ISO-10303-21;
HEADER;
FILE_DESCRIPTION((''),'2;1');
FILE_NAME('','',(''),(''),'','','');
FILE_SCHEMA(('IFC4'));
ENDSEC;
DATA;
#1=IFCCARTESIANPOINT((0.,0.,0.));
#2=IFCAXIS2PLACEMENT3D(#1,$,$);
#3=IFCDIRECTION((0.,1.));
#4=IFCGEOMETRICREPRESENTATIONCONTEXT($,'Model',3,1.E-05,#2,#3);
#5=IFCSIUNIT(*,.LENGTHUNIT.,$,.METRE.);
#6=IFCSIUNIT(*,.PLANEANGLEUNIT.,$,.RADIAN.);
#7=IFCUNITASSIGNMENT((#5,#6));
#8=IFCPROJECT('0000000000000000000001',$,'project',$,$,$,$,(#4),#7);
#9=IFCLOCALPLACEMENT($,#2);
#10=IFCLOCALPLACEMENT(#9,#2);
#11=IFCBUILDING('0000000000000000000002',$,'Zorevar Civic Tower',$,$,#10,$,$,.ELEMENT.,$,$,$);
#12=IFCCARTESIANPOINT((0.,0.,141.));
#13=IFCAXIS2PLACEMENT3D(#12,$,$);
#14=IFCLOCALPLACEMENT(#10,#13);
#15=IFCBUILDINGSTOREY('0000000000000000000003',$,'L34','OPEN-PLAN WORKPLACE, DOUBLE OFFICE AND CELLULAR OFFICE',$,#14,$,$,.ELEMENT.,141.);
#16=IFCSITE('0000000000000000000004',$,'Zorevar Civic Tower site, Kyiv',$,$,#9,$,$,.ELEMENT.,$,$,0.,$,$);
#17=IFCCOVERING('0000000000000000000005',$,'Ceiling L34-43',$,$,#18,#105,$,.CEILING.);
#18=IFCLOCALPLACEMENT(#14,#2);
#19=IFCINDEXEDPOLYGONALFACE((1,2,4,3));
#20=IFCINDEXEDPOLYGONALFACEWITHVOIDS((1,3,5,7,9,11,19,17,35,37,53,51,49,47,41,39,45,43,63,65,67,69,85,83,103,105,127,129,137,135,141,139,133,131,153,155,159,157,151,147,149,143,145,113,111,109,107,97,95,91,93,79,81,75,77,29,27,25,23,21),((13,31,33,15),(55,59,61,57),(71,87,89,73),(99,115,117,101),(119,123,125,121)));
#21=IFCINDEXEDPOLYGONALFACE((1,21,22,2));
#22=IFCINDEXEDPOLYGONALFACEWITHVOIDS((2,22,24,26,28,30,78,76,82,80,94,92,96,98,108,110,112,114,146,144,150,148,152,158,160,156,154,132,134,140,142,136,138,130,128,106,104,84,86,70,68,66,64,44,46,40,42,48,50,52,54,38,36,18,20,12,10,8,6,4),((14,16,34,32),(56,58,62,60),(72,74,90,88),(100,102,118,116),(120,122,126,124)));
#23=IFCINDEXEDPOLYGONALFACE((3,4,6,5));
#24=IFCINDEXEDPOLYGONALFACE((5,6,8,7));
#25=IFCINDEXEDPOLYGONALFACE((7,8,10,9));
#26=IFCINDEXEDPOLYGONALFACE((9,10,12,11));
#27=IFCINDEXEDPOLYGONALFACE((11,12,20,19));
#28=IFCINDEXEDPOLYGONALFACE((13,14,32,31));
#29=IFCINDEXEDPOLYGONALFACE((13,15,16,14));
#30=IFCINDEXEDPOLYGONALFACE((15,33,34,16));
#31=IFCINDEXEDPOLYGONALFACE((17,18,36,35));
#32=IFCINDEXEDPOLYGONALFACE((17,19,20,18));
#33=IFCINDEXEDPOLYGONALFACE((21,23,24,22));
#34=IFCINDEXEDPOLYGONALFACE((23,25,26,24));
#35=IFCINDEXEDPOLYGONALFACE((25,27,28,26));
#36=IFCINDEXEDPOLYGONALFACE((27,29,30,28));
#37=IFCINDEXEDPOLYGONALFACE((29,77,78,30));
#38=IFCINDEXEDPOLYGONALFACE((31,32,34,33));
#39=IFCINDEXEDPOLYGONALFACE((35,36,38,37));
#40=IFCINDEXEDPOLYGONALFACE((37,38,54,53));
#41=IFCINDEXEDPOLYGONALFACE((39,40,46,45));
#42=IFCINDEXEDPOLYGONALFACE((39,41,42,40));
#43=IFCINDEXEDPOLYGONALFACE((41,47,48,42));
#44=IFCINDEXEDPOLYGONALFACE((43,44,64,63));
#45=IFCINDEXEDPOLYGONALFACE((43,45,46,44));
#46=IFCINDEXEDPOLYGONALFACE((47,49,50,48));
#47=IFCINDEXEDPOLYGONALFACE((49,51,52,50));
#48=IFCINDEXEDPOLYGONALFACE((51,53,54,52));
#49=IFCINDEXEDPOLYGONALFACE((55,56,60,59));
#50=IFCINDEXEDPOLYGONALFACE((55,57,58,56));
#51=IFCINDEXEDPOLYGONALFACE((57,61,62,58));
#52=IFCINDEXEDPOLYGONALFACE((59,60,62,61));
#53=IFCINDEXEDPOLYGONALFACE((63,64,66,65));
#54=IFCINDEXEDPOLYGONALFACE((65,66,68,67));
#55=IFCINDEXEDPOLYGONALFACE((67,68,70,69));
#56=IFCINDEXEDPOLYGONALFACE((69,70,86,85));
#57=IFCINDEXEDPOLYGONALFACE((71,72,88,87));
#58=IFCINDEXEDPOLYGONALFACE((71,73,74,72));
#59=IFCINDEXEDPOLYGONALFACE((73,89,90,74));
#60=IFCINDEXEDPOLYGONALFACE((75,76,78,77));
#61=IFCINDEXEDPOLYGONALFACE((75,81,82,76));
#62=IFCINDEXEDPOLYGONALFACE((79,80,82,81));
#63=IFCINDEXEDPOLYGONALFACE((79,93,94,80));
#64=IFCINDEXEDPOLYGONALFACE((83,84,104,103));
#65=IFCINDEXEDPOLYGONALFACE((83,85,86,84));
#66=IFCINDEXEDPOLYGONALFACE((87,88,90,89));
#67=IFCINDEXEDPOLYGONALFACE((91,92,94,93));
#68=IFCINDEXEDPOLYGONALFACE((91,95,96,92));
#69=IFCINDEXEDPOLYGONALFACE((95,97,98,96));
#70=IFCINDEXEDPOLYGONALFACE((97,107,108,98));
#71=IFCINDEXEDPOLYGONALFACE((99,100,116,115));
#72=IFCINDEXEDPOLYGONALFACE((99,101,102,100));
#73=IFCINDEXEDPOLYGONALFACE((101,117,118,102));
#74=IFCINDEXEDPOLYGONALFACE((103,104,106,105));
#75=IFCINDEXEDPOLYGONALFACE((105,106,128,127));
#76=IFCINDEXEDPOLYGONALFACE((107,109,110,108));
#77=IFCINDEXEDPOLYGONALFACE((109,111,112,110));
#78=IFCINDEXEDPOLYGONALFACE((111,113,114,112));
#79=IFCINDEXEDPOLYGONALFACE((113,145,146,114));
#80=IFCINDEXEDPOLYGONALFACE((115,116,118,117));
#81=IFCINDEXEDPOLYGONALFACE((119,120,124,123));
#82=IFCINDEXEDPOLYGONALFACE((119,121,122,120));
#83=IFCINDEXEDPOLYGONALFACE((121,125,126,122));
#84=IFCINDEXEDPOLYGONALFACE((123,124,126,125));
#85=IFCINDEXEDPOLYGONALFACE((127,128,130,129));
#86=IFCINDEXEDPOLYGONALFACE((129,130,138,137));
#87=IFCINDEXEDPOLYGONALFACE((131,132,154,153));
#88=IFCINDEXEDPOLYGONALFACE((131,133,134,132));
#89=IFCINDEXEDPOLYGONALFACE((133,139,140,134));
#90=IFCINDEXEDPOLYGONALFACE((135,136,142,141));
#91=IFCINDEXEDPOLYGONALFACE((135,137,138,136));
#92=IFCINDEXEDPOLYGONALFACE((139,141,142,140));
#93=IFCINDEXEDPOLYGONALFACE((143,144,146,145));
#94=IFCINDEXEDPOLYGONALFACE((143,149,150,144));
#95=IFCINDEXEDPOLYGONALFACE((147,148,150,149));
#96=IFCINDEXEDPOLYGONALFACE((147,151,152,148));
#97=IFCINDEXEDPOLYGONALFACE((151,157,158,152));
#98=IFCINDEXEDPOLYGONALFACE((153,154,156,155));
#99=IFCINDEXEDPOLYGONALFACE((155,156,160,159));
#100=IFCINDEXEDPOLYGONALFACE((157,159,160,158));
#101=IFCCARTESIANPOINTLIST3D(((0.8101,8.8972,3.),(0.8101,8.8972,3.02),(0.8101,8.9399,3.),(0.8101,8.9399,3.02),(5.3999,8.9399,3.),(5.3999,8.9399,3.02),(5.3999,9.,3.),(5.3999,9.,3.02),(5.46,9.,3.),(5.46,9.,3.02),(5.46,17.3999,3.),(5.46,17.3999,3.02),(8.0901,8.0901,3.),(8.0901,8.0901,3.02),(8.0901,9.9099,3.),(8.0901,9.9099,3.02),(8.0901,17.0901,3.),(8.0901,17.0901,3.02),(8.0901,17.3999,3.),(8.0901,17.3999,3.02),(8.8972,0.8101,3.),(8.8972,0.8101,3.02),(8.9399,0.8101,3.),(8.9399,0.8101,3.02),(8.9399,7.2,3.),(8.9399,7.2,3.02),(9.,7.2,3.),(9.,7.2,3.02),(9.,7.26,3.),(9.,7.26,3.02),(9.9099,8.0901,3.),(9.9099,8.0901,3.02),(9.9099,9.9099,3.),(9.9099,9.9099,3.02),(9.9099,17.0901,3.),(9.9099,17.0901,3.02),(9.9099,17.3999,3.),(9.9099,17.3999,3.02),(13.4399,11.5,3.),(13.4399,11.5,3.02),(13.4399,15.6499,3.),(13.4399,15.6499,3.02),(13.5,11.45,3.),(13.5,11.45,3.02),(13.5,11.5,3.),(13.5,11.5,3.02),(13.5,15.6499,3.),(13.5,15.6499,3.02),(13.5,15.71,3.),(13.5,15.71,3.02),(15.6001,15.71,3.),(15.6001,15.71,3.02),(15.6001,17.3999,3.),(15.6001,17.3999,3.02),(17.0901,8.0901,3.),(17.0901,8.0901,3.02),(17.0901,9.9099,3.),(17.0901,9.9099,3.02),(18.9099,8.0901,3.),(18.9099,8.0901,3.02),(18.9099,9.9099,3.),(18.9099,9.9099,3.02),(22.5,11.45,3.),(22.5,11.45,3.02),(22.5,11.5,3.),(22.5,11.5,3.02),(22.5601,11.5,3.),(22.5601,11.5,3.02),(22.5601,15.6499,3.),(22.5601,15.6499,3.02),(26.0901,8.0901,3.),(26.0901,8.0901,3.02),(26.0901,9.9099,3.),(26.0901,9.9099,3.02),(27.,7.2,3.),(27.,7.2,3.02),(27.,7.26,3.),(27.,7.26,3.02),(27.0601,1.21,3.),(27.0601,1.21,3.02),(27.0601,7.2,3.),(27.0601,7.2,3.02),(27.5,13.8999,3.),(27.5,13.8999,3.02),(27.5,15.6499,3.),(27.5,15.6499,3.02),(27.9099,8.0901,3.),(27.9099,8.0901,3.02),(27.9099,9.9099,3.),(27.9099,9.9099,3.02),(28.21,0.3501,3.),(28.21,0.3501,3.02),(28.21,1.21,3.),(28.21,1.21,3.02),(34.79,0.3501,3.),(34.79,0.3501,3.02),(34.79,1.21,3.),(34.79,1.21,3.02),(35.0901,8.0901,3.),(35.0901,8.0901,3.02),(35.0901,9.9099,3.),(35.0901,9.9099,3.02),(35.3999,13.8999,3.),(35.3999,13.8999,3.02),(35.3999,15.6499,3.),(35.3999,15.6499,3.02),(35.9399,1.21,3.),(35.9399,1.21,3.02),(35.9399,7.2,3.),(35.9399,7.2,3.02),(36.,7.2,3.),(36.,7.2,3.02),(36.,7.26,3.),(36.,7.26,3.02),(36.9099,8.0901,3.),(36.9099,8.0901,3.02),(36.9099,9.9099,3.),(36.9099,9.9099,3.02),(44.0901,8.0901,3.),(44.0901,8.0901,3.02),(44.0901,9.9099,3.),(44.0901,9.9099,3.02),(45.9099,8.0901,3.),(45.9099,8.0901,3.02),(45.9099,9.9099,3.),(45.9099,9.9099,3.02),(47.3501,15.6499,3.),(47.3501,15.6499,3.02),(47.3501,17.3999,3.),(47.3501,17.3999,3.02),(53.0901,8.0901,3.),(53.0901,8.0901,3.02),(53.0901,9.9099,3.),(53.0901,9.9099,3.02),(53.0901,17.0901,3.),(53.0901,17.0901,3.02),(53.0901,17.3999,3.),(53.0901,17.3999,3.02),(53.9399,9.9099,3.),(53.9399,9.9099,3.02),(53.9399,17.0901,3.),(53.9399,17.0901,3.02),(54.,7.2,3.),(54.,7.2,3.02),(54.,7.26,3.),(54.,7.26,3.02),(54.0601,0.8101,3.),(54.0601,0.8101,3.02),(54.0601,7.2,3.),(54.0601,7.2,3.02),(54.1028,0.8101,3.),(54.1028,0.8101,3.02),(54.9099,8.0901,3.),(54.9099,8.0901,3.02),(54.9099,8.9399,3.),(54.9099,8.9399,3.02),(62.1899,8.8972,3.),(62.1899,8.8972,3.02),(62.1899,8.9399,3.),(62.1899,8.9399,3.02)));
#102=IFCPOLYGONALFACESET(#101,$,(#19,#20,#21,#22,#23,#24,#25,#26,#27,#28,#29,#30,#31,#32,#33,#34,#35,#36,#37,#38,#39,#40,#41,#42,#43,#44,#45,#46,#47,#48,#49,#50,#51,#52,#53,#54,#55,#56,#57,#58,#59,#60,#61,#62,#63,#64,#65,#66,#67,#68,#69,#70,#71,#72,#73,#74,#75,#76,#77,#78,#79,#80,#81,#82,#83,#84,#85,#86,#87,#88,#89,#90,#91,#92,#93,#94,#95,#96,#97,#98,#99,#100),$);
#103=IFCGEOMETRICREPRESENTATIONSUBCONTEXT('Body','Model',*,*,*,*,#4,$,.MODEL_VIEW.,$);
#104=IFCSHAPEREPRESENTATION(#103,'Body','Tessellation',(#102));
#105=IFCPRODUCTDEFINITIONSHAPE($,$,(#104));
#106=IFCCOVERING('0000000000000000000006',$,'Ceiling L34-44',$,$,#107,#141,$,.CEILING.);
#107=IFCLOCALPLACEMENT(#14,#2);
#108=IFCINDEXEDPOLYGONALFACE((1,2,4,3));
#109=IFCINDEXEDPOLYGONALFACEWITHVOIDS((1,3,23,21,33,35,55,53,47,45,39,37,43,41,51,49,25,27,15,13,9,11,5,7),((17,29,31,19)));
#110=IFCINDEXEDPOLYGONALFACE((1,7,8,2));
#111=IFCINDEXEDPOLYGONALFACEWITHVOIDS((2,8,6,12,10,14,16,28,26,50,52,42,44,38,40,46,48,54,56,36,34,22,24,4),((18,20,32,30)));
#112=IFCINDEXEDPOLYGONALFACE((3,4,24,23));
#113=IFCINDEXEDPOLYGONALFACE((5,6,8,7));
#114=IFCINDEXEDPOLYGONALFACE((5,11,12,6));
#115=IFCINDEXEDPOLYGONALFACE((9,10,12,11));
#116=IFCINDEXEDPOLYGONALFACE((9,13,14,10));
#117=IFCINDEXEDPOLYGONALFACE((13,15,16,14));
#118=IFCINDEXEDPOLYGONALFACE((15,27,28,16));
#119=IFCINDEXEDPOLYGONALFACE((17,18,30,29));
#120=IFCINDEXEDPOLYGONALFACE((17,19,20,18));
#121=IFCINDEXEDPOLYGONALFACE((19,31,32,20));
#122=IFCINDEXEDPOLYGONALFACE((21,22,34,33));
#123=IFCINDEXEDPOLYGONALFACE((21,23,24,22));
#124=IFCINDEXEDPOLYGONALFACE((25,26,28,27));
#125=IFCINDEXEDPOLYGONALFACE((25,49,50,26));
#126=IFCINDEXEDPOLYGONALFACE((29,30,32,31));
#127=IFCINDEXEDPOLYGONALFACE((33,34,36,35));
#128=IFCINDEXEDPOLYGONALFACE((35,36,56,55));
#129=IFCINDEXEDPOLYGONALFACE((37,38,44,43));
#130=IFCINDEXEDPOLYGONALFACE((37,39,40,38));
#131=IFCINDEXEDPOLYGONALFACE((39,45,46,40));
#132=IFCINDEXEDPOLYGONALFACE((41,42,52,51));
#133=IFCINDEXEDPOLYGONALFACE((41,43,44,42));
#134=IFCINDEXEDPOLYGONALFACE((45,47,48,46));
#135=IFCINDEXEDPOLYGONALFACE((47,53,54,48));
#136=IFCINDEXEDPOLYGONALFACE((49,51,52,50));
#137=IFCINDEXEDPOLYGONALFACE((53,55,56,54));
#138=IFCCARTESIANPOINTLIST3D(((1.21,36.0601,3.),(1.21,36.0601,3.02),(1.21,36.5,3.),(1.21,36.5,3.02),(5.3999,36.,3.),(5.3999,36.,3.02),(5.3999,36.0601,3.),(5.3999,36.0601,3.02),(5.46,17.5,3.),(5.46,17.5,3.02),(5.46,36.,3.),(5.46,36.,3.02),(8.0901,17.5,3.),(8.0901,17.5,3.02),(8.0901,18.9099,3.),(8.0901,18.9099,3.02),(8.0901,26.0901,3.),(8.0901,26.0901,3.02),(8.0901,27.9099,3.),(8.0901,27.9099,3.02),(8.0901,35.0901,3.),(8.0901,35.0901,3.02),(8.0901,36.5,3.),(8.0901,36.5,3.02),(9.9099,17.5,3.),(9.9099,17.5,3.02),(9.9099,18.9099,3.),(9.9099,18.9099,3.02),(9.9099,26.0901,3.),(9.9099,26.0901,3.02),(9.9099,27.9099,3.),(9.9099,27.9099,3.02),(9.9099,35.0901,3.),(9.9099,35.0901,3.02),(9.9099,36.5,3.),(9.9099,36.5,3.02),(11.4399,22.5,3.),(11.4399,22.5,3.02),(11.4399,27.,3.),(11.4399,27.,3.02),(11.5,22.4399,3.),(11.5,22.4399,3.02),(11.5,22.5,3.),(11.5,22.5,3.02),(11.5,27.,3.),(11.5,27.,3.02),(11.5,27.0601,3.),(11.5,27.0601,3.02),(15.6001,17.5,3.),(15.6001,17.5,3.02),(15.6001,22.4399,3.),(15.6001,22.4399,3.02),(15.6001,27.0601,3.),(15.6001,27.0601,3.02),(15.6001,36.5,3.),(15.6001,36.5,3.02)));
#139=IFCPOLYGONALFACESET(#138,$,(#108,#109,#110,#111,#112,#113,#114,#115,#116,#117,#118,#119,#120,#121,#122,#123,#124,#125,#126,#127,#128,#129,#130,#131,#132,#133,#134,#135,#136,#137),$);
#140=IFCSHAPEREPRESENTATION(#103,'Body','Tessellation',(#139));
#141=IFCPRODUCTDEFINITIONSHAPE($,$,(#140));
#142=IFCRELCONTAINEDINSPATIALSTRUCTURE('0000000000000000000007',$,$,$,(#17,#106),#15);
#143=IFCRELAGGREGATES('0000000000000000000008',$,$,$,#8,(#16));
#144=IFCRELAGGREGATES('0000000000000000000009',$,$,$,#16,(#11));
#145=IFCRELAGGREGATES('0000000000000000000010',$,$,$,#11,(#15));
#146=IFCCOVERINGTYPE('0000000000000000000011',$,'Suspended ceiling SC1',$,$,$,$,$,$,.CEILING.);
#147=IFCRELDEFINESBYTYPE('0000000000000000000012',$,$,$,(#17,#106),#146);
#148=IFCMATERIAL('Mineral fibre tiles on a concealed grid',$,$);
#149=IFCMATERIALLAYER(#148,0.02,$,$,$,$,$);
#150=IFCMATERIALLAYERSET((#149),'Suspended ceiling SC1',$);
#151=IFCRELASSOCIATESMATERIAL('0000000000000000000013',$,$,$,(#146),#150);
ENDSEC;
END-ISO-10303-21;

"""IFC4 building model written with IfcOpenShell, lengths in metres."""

from ifc_helpers import new_model, si_unit, direction, frame, origin, place, context, subcontext, project, spatial, polyline, outline, extrude, material, layer, layer_set, type_object, element, save


model = new_model("IFC4")

# Units and contexts
model_context = context("Model", 3, precision=1e-05, world=origin(), true_north=direction((0.0, 1.0)))
body_context = subcontext(model_context, "Body", "Model", "MODEL_VIEW")
ifc_project = project(units=[si_unit("LENGTHUNIT", "METRE"), si_unit("PLANEANGLEUNIT", "RADIAN")], contexts=[model_context])

# Site, building, storey
site_placement = place(None, origin())
site = spatial("IfcSite", under=ifc_project, at=site_placement, Name="Zorevar Civic Tower site, Kyiv", CompositionType="ELEMENT", RefElevation=0.0)
building_placement = place(site_placement, origin())
building = spatial("IfcBuilding", under=site, at=building_placement, Name="Zorevar Civic Tower", CompositionType="ELEMENT")
storey_placement = place(building_placement, frame((0.0, 0.0, 141.0)))
storey = spatial("IfcBuildingStorey", under=building, at=storey_placement, Name="L34", Description="OPEN-PLAN WORKPLACE, DOUBLE OFFICE AND CELLULAR OFFICE", CompositionType="ELEMENT", Elevation=141.0)

# Coverings
ifc_material_1 = material(Name="Mineral fibre tiles on a concealed grid")
ifc_layer_1 = layer(ifc_material_1, 0.02)
ifc_layer_set_1 = layer_set([ifc_layer_1], Name="Suspended ceiling SC1")
covering_type_1 = type_object("IfcCoveringType", Name="Suspended ceiling SC1", PredefinedType="CEILING", material=ifc_layer_set_1)
covering_1_placement = place(storey_placement, frame((0.0, 0.0, 3.0)))
element("IfcCovering", 1, at=covering_1_placement, inside=storey, type_object=covering_type_1, Name="Ceiling L34-43", PredefinedType="CEILING", context=body_context, shape_type="SweptSolid", body=[
    extrude(outline(polyline([(9.9099, 17.0901), (9.9099, 17.3999), (15.6001, 17.3999), (15.6001, 15.71), (13.5, 15.71), (13.5, 15.6499), (13.4399, 15.6499), (13.4399, 11.5), (13.5, 11.5), (13.5, 11.45), (22.5, 11.45), (22.5, 11.5), (22.5601, 11.5), (22.5601, 15.6499), (27.5, 15.6499), (27.5, 13.8999), (35.3999, 13.8999), (35.3999, 15.6499), (47.3501, 15.6499), (47.3501, 17.3999), (53.0901, 17.3999), (53.0901, 17.0901), (53.9399, 17.0901), (53.9399, 9.9099), (53.0901, 9.9099), (53.0901, 8.0901), (54.9099, 8.0901), (54.9099, 8.9399), (62.1899, 8.9399), (62.1899, 8.8972), (54.1028, 0.8101), (54.0601, 0.8101), (54.0601, 7.2), (54.0, 7.2), (54.0, 7.26), (36.0, 7.26), (36.0, 7.2), (35.9399, 7.2), (35.9399, 1.21), (34.79, 1.21), (34.79, 0.3501), (28.21, 0.3501), (28.21, 1.21), (27.0601, 1.21), (27.0601, 7.2), (27.0, 7.2), (27.0, 7.26), (9.0, 7.26), (9.0, 7.2), (8.9399, 7.2), (8.9399, 0.8101), (8.8972, 0.8101), (0.8101, 8.8972), (0.8101, 8.9399), (5.3999, 8.9399), (5.3999, 9.0), (5.46, 9.0), (5.46, 17.3999), (8.0901, 17.3999), (8.0901, 17.0901), (9.9099, 17.0901)]), holes=[polyline([(8.0901, 9.9099), (8.0901, 8.0901), (9.9099, 8.0901), (9.9099, 9.9099), (8.0901, 9.9099)]), polyline([(18.9099, 8.0901), (18.9099, 9.9099), (17.0901, 9.9099), (17.0901, 8.0901), (18.9099, 8.0901)]), polyline([(26.0901, 9.9099), (26.0901, 8.0901), (27.9099, 8.0901), (27.9099, 9.9099), (26.0901, 9.9099)]), polyline([(36.9099, 8.0901), (36.9099, 9.9099), (35.0901, 9.9099), (35.0901, 8.0901), (36.9099, 8.0901)]), polyline([(44.0901, 8.0901), (45.9099, 8.0901), (45.9099, 9.9099), (44.0901, 9.9099), (44.0901, 8.0901)])]), origin(), (0.0, 0.0, 1.0), 0.02),
])
covering_2_placement = place(storey_placement, frame((0.0, 0.0, 3.0)))
element("IfcCovering", 2, at=covering_2_placement, inside=storey, type_object=covering_type_1, Name="Ceiling L34-44", PredefinedType="CEILING", context=body_context, shape_type="SweptSolid", body=[
    extrude(outline(polyline([(15.6001, 17.5), (9.9099, 17.5), (9.9099, 18.9099), (8.0901, 18.9099), (8.0901, 17.5), (5.46, 17.5), (5.46, 36.0), (5.3999, 36.0), (5.3999, 36.0601), (1.21, 36.0601), (1.21, 36.5), (8.0901, 36.5), (8.0901, 35.0901), (9.9099, 35.0901), (9.9099, 36.5), (15.6001, 36.5), (15.6001, 27.0601), (11.5, 27.0601), (11.5, 27.0), (11.4399, 27.0), (11.4399, 22.5), (11.5, 22.5), (11.5, 22.4399), (15.6001, 22.4399), (15.6001, 17.5)]), holes=[polyline([(8.0901, 27.9099), (8.0901, 26.0901), (9.9099, 26.0901), (9.9099, 27.9099), (8.0901, 27.9099)])]), origin(), (0.0, 0.0, 1.0), 0.02),
])

save(model, "model.ifc")
